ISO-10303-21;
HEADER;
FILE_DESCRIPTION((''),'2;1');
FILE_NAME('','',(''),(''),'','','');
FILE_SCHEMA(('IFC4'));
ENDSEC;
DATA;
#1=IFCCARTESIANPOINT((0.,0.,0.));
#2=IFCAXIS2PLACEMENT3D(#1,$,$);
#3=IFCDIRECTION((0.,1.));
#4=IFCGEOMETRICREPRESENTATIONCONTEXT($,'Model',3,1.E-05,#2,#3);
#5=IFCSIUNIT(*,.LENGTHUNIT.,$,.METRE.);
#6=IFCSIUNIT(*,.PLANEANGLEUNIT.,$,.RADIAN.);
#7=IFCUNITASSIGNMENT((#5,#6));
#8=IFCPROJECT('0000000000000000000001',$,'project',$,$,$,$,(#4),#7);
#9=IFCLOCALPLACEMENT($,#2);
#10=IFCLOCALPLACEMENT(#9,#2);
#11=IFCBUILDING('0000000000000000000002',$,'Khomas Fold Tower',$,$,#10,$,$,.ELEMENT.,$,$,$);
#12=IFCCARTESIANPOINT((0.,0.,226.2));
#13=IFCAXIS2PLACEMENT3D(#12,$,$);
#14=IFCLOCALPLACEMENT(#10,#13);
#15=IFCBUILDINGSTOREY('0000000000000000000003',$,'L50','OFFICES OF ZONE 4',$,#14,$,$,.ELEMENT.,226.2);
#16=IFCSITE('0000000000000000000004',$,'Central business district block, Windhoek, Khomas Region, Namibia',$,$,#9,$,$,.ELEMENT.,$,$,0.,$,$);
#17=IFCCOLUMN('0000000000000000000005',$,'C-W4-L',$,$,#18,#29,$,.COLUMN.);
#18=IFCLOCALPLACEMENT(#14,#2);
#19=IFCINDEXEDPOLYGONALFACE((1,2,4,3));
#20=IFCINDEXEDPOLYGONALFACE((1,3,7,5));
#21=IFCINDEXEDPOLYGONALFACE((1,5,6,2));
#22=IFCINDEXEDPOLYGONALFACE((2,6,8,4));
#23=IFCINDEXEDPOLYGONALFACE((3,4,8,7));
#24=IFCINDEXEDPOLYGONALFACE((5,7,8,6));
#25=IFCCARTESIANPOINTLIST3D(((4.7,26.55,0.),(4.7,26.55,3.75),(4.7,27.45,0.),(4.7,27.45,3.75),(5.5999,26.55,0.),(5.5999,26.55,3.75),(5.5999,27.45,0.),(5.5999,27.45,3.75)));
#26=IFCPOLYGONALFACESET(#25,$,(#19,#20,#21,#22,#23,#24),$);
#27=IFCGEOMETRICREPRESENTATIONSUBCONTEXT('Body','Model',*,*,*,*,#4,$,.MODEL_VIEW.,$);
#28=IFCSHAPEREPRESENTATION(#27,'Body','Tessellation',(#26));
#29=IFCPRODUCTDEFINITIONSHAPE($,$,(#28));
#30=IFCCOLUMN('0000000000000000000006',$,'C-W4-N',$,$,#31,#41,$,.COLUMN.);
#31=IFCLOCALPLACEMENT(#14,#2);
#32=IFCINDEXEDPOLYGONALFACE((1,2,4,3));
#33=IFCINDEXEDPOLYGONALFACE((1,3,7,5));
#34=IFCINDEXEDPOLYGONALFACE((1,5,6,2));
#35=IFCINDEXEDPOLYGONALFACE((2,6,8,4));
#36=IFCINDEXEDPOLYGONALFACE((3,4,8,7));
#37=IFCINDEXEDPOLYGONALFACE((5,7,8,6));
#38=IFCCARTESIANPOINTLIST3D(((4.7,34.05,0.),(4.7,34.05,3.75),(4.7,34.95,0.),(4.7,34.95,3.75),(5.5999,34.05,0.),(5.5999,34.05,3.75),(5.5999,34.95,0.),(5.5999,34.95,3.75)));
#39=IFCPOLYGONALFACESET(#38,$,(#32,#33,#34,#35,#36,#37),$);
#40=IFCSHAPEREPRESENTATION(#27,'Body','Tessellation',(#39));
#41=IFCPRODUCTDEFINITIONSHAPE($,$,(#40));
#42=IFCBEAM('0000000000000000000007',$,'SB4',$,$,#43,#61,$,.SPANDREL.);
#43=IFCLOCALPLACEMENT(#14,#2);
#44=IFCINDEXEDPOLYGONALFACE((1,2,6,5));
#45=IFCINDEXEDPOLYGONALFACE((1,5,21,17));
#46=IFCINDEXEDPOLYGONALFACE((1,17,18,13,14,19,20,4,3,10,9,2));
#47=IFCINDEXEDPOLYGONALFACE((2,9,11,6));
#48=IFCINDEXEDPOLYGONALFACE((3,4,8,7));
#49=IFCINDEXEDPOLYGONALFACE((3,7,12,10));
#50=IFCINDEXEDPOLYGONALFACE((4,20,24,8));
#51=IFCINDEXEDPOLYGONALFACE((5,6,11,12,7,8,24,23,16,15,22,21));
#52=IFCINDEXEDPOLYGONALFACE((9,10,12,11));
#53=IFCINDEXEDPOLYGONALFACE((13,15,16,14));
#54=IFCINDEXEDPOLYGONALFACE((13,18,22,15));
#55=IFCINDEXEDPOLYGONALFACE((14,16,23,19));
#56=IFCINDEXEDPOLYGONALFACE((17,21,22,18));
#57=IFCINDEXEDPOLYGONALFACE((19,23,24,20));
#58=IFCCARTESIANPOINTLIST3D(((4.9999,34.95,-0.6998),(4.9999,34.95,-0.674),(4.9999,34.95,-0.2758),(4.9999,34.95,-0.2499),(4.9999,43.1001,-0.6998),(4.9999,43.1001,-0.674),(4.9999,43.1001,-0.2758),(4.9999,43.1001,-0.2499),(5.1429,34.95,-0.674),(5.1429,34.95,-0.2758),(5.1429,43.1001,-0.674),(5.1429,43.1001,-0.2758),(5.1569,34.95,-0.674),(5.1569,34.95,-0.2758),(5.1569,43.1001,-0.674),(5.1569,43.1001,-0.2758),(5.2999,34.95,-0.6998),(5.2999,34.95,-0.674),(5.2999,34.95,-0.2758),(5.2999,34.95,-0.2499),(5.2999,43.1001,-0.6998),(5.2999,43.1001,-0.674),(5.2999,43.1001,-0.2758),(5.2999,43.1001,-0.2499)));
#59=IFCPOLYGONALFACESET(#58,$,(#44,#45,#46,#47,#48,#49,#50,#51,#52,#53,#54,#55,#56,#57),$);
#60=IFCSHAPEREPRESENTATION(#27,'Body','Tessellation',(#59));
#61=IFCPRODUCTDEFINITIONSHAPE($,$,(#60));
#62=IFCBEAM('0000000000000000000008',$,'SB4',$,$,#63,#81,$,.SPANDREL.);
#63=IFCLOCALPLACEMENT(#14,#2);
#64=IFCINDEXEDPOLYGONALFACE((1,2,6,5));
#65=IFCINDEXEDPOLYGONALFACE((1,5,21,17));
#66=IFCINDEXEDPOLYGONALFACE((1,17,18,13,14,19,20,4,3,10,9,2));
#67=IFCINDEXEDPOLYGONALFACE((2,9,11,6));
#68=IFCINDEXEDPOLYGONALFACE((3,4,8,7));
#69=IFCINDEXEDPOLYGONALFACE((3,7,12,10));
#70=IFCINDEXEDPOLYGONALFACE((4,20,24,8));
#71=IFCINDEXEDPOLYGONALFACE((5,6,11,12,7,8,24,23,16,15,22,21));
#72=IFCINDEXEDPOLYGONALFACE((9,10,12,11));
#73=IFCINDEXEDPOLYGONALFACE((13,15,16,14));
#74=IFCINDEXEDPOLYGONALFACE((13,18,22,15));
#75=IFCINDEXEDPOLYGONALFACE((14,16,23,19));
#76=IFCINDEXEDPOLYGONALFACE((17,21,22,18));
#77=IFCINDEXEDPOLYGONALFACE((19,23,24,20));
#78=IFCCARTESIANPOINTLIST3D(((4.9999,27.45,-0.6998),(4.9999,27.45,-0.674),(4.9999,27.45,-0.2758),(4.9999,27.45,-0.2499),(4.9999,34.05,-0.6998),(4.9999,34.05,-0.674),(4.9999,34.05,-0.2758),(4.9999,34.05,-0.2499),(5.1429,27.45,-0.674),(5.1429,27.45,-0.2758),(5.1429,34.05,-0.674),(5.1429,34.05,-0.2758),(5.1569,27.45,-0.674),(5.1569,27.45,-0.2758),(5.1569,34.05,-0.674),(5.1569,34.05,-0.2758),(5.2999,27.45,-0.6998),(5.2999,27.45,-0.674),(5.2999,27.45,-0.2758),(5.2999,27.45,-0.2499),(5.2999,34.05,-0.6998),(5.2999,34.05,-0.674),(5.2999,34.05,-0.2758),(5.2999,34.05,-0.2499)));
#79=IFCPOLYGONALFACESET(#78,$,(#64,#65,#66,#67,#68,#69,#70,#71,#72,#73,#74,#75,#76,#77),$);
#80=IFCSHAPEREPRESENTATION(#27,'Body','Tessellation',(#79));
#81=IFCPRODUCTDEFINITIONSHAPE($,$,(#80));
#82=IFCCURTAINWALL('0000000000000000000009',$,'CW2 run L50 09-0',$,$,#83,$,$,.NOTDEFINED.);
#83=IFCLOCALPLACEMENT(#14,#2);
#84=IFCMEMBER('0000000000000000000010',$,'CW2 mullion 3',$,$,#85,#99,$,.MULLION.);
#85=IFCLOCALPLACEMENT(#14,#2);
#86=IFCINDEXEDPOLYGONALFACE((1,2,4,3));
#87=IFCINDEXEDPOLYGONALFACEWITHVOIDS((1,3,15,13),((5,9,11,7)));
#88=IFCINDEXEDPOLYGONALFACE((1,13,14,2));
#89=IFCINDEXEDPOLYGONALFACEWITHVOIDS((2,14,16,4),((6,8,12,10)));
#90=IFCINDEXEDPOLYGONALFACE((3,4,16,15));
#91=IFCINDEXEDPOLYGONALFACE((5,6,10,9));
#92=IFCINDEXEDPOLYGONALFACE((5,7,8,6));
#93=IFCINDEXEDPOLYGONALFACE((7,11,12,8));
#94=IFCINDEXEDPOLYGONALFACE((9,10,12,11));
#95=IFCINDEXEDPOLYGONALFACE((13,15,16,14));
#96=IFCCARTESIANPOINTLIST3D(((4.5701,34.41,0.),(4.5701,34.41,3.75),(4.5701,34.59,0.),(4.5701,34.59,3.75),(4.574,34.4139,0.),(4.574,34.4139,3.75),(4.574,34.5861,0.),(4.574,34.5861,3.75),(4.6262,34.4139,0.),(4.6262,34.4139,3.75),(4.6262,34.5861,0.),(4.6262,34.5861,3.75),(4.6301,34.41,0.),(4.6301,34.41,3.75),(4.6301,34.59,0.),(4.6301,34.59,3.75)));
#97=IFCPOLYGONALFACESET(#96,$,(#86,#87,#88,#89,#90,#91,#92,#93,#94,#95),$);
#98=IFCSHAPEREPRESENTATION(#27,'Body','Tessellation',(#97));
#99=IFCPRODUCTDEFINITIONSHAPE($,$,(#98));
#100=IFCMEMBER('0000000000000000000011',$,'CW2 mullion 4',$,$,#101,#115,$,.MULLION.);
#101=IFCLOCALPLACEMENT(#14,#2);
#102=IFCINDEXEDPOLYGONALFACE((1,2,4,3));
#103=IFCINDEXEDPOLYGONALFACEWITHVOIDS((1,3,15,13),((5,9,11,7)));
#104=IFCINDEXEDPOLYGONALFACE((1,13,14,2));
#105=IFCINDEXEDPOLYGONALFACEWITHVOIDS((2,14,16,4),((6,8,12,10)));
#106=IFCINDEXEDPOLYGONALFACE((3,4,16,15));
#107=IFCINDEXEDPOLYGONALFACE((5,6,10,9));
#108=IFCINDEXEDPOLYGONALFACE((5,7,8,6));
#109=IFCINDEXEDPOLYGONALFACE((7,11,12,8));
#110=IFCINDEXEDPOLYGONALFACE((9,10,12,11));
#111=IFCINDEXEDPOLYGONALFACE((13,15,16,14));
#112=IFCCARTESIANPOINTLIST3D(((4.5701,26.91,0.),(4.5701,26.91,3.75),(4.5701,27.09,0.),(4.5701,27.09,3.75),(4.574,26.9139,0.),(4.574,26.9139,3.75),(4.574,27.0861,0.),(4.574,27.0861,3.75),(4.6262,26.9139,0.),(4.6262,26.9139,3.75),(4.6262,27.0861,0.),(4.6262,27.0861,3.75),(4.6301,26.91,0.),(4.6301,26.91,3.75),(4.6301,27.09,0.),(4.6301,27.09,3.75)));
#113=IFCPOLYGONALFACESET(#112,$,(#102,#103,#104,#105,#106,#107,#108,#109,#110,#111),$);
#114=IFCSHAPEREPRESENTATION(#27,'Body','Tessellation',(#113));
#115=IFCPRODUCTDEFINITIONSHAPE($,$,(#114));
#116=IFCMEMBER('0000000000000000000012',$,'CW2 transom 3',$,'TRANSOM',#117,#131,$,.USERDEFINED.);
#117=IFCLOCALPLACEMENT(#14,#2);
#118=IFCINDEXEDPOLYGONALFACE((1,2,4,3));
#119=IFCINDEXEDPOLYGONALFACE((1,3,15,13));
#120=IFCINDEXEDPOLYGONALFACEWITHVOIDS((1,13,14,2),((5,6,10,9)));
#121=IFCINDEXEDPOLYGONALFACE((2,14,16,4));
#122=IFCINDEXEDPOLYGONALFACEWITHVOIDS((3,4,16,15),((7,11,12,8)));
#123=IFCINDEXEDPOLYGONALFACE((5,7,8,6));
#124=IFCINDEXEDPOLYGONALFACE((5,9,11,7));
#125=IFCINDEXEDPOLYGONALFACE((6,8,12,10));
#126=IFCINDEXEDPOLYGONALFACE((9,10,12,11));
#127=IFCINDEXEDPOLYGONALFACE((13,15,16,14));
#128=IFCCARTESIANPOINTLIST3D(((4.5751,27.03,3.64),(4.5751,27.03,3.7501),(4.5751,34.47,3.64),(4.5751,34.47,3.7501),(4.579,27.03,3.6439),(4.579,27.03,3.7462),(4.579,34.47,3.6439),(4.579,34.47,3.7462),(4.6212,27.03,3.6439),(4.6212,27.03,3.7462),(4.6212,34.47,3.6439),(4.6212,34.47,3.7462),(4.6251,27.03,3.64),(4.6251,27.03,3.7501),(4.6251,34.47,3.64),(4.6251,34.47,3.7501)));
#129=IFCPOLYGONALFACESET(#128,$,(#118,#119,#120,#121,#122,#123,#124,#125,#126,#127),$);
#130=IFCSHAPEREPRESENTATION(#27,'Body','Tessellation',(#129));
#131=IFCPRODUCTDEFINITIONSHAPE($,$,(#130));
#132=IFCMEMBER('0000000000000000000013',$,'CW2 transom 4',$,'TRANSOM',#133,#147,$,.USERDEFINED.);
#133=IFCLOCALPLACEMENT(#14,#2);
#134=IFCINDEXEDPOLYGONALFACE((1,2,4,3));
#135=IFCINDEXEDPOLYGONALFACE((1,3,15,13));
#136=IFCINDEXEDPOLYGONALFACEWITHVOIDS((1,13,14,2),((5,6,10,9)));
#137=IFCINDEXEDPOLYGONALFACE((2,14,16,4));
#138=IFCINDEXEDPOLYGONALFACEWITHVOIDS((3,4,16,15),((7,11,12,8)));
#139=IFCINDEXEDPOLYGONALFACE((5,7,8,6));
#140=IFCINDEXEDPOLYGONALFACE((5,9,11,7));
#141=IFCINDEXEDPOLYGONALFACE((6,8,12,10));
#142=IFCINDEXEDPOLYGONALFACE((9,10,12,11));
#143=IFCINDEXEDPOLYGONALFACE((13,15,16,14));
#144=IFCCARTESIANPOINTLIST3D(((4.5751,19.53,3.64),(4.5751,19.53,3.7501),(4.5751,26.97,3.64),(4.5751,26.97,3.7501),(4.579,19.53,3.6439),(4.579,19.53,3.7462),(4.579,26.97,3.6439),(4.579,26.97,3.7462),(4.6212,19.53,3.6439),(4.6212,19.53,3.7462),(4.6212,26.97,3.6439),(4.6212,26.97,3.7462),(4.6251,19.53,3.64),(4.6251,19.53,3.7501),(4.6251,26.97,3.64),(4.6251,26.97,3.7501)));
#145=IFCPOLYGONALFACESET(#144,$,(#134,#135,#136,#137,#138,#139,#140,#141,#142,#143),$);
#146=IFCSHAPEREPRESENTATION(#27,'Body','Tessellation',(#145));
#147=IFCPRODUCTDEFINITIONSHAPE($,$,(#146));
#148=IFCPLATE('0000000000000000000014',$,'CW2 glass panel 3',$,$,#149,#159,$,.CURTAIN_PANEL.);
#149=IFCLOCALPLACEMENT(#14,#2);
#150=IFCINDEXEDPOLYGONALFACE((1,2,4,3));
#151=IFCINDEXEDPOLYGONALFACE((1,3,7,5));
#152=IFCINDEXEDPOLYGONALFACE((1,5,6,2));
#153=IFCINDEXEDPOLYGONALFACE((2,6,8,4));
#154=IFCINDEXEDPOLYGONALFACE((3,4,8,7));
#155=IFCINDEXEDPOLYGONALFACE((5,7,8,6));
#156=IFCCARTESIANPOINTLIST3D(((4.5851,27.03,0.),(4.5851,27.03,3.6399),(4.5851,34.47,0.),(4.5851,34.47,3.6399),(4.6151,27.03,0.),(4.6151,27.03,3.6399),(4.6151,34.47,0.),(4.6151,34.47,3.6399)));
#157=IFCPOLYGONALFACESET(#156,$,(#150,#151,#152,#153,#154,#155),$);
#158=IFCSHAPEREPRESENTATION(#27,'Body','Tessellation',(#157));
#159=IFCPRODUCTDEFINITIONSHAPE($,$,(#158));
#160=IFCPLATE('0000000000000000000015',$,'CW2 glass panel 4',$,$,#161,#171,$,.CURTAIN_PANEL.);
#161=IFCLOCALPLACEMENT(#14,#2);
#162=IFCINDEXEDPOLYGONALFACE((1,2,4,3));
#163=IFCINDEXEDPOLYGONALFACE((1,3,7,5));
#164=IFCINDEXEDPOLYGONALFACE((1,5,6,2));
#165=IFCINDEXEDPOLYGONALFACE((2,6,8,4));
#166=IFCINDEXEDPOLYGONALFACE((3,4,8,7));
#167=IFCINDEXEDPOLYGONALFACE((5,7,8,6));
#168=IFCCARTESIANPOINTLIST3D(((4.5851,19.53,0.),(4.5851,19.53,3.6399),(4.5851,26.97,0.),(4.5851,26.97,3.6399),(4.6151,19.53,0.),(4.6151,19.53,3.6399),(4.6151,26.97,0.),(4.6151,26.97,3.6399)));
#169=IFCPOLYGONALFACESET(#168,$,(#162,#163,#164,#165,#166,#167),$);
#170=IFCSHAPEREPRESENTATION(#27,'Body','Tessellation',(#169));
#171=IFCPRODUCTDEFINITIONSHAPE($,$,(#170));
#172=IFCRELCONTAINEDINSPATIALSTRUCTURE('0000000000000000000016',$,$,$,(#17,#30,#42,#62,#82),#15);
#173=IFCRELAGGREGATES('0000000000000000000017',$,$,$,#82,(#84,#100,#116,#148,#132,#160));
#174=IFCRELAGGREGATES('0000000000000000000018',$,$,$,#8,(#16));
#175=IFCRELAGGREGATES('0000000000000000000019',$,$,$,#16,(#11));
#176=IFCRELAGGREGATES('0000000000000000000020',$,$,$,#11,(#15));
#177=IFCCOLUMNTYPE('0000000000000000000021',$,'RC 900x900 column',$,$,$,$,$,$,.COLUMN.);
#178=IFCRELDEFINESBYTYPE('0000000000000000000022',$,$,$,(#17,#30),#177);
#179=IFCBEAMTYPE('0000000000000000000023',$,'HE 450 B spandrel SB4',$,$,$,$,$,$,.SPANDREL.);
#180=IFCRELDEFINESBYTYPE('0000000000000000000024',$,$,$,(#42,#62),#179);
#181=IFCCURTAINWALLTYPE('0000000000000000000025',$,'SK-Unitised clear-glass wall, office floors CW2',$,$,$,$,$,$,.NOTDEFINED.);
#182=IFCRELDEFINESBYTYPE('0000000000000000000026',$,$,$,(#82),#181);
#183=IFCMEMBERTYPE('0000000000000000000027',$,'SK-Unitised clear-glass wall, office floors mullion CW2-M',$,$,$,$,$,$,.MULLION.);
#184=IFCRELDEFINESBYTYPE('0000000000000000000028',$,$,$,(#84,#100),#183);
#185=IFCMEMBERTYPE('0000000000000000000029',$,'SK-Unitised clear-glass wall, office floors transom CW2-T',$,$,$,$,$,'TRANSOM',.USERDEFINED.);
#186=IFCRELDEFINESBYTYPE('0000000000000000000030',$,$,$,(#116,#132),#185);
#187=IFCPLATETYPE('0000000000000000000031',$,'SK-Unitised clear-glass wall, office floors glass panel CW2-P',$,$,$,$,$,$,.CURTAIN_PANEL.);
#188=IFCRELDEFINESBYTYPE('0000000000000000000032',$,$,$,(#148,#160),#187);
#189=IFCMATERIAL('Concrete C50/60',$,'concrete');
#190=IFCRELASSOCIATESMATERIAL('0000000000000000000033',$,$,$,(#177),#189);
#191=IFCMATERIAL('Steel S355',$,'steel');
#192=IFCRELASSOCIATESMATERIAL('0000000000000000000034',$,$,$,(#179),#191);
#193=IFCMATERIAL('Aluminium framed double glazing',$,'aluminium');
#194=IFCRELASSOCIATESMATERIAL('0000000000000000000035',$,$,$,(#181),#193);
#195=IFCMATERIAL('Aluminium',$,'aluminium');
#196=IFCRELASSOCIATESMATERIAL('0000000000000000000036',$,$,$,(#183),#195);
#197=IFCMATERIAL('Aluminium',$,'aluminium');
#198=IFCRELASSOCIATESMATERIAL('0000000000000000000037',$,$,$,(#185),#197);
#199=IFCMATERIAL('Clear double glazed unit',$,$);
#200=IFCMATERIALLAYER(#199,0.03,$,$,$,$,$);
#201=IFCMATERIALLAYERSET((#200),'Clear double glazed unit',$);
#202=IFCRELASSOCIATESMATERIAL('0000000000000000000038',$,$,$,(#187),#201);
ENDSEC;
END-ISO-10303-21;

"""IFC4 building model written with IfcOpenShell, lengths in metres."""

from ifc_helpers import new_model, si_unit, direction, frame, origin, origin_2d, place, context, subcontext, project, spatial, rectangle, hollow_rectangle, i_section, extrude, source, transform, mapped, material, layer, layer_set, material_profile, profile_set, type_object, element, aggregate, save


model = new_model("IFC4")

# Units and contexts
model_context = context("Model", 3, precision=1e-05, world=origin(), true_north=direction((0.0, 1.0)))
body_context = subcontext(model_context, "Body", "Model", "MODEL_VIEW")
ifc_project = project(units=[si_unit("LENGTHUNIT", "METRE"), si_unit("PLANEANGLEUNIT", "RADIAN")], contexts=[model_context])

# Site, building, storey
site_placement = place(None, origin())
site = spatial("IfcSite", under=ifc_project, at=site_placement, Name="Central business district block, Windhoek, Khomas Region, Namibia", CompositionType="ELEMENT", RefElevation=0.0)
building_placement = place(site_placement, origin())
building = spatial("IfcBuilding", under=site, at=building_placement, Name="Khomas Fold Tower", CompositionType="ELEMENT")
storey_placement = place(building_placement, frame((0.0, 0.0, 226.2)))
storey = spatial("IfcBuildingStorey", under=building, at=storey_placement, Name="L50", Description="OFFICES OF ZONE 4", CompositionType="ELEMENT", Elevation=226.2)

# Columns
ifc_material_1 = material(Name="Concrete C50/60", Category="concrete")
ifc_material_profile_1 = material_profile(ifc_material_1, rectangle(XDim=0.8999, YDim=0.8999, at=origin_2d()), Name="RC 900x900")
ifc_profile_set_1 = profile_set([ifc_material_profile_1], Name="Concrete C50/60")
column_type = type_object("IfcColumnType", Name="RC 900x900 column", PredefinedType="COLUMN", material=ifc_profile_set_1)
shared_shape_1 = source(origin(), body_context, "Body", "SweptSolid", [
    extrude(rectangle(XDim=0.8999, YDim=0.8999, at=origin_2d()), origin(), (0.0, 0.0, 1.0), 3.75),
])
for number, where, z_axis, x_axis, name in (
    (1, (5.1499, 27.0, 0.0), (0.0, 0.0, 1.0), (1.0, 0.0, 0.0), "C-W4-L"),
    (2, (5.1499, 34.5, 0.0), (0.0, 0.0, 1.0), (1.0, 0.0, 0.0), "C-W4-N"),
):
    element("IfcColumn", number, at=place(storey_placement, frame(where, z_axis=z_axis, x_axis=x_axis)), inside=storey, type_object=column_type, Name=name, PredefinedType="COLUMN", context=body_context, shape_type="MappedRepresentation", body=[
        mapped(shared_shape_1, transform((0.0, 0.0, 0.0))),
    ])

# Beams
ifc_material_2 = material(Name="Steel S355", Category="steel")
ifc_material_profile_2 = material_profile(ifc_material_2, i_section(OverallWidth=0.3, OverallDepth=0.45, WebThickness=0.0139, FlangeThickness=0.0259, at=origin_2d()), Name="HE 450 B")
ifc_profile_set_2 = profile_set([ifc_material_profile_2], Name="Steel S355")
beam_type = type_object("IfcBeamType", Name="HE 450 B spandrel SB4", PredefinedType="SPANDREL", material=ifc_profile_set_2)
shared_shape_2 = source(origin(), body_context, "Body", "SweptSolid", [
    extrude(i_section(OverallWidth=0.3, OverallDepth=0.45, WebThickness=0.0139, FlangeThickness=0.0259, at=origin_2d()), origin(), (0.0, 0.0, 1.0), 8.1501),
])
beam_1_placement = place(storey_placement, frame((5.1499, 34.95, -0.4749), z_axis=(0.0, 1.0, 0.0), x_axis=(-1.0, 0.0, 0.0)))
element("IfcBeam", 3, at=beam_1_placement, inside=storey, type_object=beam_type, Name="SB4", PredefinedType="SPANDREL", context=body_context, shape_type="MappedRepresentation", body=[
    mapped(shared_shape_2, transform((0.0, 0.0, 0.0))),
])
shared_shape_3 = source(origin(), body_context, "Body", "SweptSolid", [
    extrude(i_section(OverallWidth=0.3, OverallDepth=0.45, WebThickness=0.0139, FlangeThickness=0.0259, at=origin_2d()), origin(), (0.0, 0.0, 1.0), 6.6001),
])
beam_2_placement = place(storey_placement, frame((5.1499, 27.45, -0.4749), z_axis=(0.0, 1.0, 0.0), x_axis=(-1.0, 0.0, 0.0)))
element("IfcBeam", 4, at=beam_2_placement, inside=storey, type_object=beam_type, Name="SB4", PredefinedType="SPANDREL", context=body_context, shape_type="MappedRepresentation", body=[
    mapped(shared_shape_3, transform((0.0, 0.0, 0.0))),
])

# Curtain wall, members, plates
ifc_material_3 = material(Name="Aluminium framed double glazing", Category="aluminium")
curtain_wall_type = type_object("IfcCurtainWallType", Name="SK-Unitised clear-glass wall, office floors CW2", PredefinedType="NOTDEFINED", material=ifc_material_3)
curtain_wall_placement = place(storey_placement, origin())
curtain_wall = element("IfcCurtainWall", 5, at=curtain_wall_placement, inside=storey, type_object=curtain_wall_type, Name="CW2 run L50 09-0", PredefinedType="NOTDEFINED")
ifc_material_4 = material(Name="Aluminium", Category="aluminium")
ifc_material_profile_3 = material_profile(ifc_material_4, hollow_rectangle(XDim=0.0601, YDim=0.1799, WallThickness=0.0039, at=origin_2d()), Name="SK-Unitised clear-glass wall, office floors mullion CW2-M")
ifc_profile_set_3 = profile_set([ifc_material_profile_3], Name="Aluminium")
member_type_1 = type_object("IfcMemberType", Name="SK-Unitised clear-glass wall, office floors mullion CW2-M", PredefinedType="MULLION", material=ifc_profile_set_3)
shared_shape_4 = source(origin(), body_context, "Body", "SweptSolid", [
    extrude(hollow_rectangle(XDim=0.0601, YDim=0.1799, WallThickness=0.0039, at=origin_2d()), origin(), (0.0, 0.0, 1.0), 3.75),
])
member_1_placement = place(storey_placement, frame((4.6001, 34.5, 0.0), z_axis=(0.0, 0.0, 1.0), x_axis=(1.0, 0.0, 0.0)))
member_1 = element("IfcMember", 6, at=member_1_placement, type_object=member_type_1, Name="CW2 mullion 3", PredefinedType="MULLION", context=body_context, shape_type="MappedRepresentation", body=[
    mapped(shared_shape_4, transform((0.0, 0.0, 0.0))),
])
member_2_placement = place(storey_placement, frame((4.6001, 27.0, 0.0), z_axis=(0.0, 0.0, 1.0), x_axis=(1.0, 0.0, 0.0)))
member_2 = element("IfcMember", 7, at=member_2_placement, type_object=member_type_1, Name="CW2 mullion 4", PredefinedType="MULLION", context=body_context, shape_type="MappedRepresentation", body=[
    mapped(shared_shape_4, transform((0.0, 0.0, 0.0))),
])
ifc_material_5 = material(Name="Aluminium", Category="aluminium")
ifc_material_profile_4 = material_profile(ifc_material_5, hollow_rectangle(XDim=0.05, YDim=0.1101, WallThickness=0.0039, at=origin_2d()), Name="SK-Unitised clear-glass wall, office floors transom CW2-T")
ifc_profile_set_4 = profile_set([ifc_material_profile_4], Name="Aluminium")
member_type_2 = type_object("IfcMemberType", Name="SK-Unitised clear-glass wall, office floors transom CW2-T", ElementType="TRANSOM", PredefinedType="USERDEFINED", material=ifc_profile_set_4)
shared_shape_5 = source(origin(), body_context, "Body", "SweptSolid", [
    extrude(hollow_rectangle(XDim=0.05, YDim=0.1101, WallThickness=0.0039, at=origin_2d()), origin(), (0.0, 0.0, 1.0), 7.4399),
])
member_3_placement = place(storey_placement, frame((4.6001, 34.47, 3.6951), z_axis=(0.0, -1.0, 0.0), x_axis=(1.0, 0.0, 0.0)))
member_3 = element("IfcMember", 8, at=member_3_placement, type_object=member_type_2, Name="CW2 transom 3", ObjectType="TRANSOM", PredefinedType="USERDEFINED", context=body_context, shape_type="MappedRepresentation", body=[
    mapped(shared_shape_5, transform((0.0, 0.0, 0.0))),
])
member_4_placement = place(storey_placement, frame((4.6001, 26.97, 3.6951), z_axis=(0.0, -1.0, 0.0), x_axis=(1.0, 0.0, 0.0)))
member_4 = element("IfcMember", 9, at=member_4_placement, type_object=member_type_2, Name="CW2 transom 4", ObjectType="TRANSOM", PredefinedType="USERDEFINED", context=body_context, shape_type="MappedRepresentation", body=[
    mapped(shared_shape_5, transform((0.0, 0.0, 0.0))),
])
ifc_material_6 = material(Name="Clear double glazed unit")
ifc_layer_1 = layer(ifc_material_6, 0.03)
ifc_layer_set_1 = layer_set([ifc_layer_1], Name="Clear double glazed unit")
plate_type = type_object("IfcPlateType", Name="SK-Unitised clear-glass wall, office floors glass panel CW2-P", PredefinedType="CURTAIN_PANEL", material=ifc_layer_set_1)
shared_shape_6 = source(origin(), body_context, "Body", "SweptSolid", [
    extrude(rectangle(XDim=7.4399, YDim=0.03, at=origin_2d()), origin(), (0.0, 0.0, 1.0), 3.6399),
])
plate_1_placement = place(storey_placement, frame((4.6001, 30.75, 0.0), z_axis=(0.0, 0.0, 1.0), x_axis=(0.0, -1.0, 0.0)))
plate_1 = element("IfcPlate", 10, at=plate_1_placement, type_object=plate_type, Name="CW2 glass panel 3", PredefinedType="CURTAIN_PANEL", context=body_context, shape_type="MappedRepresentation", body=[
    mapped(shared_shape_6, transform((0.0, 0.0, 0.0))),
])
plate_2_placement = place(storey_placement, frame((4.6001, 23.25, 0.0), z_axis=(0.0, 0.0, 1.0), x_axis=(0.0, -1.0, 0.0)))
plate_2 = element("IfcPlate", 11, at=plate_2_placement, type_object=plate_type, Name="CW2 glass panel 4", PredefinedType="CURTAIN_PANEL", context=body_context, shape_type="MappedRepresentation", body=[
    mapped(shared_shape_6, transform((0.0, 0.0, 0.0))),
])
aggregate(curtain_wall, [member_1, member_2, member_3, plate_1, member_4, plate_2])

save(model, "model.ifc")
